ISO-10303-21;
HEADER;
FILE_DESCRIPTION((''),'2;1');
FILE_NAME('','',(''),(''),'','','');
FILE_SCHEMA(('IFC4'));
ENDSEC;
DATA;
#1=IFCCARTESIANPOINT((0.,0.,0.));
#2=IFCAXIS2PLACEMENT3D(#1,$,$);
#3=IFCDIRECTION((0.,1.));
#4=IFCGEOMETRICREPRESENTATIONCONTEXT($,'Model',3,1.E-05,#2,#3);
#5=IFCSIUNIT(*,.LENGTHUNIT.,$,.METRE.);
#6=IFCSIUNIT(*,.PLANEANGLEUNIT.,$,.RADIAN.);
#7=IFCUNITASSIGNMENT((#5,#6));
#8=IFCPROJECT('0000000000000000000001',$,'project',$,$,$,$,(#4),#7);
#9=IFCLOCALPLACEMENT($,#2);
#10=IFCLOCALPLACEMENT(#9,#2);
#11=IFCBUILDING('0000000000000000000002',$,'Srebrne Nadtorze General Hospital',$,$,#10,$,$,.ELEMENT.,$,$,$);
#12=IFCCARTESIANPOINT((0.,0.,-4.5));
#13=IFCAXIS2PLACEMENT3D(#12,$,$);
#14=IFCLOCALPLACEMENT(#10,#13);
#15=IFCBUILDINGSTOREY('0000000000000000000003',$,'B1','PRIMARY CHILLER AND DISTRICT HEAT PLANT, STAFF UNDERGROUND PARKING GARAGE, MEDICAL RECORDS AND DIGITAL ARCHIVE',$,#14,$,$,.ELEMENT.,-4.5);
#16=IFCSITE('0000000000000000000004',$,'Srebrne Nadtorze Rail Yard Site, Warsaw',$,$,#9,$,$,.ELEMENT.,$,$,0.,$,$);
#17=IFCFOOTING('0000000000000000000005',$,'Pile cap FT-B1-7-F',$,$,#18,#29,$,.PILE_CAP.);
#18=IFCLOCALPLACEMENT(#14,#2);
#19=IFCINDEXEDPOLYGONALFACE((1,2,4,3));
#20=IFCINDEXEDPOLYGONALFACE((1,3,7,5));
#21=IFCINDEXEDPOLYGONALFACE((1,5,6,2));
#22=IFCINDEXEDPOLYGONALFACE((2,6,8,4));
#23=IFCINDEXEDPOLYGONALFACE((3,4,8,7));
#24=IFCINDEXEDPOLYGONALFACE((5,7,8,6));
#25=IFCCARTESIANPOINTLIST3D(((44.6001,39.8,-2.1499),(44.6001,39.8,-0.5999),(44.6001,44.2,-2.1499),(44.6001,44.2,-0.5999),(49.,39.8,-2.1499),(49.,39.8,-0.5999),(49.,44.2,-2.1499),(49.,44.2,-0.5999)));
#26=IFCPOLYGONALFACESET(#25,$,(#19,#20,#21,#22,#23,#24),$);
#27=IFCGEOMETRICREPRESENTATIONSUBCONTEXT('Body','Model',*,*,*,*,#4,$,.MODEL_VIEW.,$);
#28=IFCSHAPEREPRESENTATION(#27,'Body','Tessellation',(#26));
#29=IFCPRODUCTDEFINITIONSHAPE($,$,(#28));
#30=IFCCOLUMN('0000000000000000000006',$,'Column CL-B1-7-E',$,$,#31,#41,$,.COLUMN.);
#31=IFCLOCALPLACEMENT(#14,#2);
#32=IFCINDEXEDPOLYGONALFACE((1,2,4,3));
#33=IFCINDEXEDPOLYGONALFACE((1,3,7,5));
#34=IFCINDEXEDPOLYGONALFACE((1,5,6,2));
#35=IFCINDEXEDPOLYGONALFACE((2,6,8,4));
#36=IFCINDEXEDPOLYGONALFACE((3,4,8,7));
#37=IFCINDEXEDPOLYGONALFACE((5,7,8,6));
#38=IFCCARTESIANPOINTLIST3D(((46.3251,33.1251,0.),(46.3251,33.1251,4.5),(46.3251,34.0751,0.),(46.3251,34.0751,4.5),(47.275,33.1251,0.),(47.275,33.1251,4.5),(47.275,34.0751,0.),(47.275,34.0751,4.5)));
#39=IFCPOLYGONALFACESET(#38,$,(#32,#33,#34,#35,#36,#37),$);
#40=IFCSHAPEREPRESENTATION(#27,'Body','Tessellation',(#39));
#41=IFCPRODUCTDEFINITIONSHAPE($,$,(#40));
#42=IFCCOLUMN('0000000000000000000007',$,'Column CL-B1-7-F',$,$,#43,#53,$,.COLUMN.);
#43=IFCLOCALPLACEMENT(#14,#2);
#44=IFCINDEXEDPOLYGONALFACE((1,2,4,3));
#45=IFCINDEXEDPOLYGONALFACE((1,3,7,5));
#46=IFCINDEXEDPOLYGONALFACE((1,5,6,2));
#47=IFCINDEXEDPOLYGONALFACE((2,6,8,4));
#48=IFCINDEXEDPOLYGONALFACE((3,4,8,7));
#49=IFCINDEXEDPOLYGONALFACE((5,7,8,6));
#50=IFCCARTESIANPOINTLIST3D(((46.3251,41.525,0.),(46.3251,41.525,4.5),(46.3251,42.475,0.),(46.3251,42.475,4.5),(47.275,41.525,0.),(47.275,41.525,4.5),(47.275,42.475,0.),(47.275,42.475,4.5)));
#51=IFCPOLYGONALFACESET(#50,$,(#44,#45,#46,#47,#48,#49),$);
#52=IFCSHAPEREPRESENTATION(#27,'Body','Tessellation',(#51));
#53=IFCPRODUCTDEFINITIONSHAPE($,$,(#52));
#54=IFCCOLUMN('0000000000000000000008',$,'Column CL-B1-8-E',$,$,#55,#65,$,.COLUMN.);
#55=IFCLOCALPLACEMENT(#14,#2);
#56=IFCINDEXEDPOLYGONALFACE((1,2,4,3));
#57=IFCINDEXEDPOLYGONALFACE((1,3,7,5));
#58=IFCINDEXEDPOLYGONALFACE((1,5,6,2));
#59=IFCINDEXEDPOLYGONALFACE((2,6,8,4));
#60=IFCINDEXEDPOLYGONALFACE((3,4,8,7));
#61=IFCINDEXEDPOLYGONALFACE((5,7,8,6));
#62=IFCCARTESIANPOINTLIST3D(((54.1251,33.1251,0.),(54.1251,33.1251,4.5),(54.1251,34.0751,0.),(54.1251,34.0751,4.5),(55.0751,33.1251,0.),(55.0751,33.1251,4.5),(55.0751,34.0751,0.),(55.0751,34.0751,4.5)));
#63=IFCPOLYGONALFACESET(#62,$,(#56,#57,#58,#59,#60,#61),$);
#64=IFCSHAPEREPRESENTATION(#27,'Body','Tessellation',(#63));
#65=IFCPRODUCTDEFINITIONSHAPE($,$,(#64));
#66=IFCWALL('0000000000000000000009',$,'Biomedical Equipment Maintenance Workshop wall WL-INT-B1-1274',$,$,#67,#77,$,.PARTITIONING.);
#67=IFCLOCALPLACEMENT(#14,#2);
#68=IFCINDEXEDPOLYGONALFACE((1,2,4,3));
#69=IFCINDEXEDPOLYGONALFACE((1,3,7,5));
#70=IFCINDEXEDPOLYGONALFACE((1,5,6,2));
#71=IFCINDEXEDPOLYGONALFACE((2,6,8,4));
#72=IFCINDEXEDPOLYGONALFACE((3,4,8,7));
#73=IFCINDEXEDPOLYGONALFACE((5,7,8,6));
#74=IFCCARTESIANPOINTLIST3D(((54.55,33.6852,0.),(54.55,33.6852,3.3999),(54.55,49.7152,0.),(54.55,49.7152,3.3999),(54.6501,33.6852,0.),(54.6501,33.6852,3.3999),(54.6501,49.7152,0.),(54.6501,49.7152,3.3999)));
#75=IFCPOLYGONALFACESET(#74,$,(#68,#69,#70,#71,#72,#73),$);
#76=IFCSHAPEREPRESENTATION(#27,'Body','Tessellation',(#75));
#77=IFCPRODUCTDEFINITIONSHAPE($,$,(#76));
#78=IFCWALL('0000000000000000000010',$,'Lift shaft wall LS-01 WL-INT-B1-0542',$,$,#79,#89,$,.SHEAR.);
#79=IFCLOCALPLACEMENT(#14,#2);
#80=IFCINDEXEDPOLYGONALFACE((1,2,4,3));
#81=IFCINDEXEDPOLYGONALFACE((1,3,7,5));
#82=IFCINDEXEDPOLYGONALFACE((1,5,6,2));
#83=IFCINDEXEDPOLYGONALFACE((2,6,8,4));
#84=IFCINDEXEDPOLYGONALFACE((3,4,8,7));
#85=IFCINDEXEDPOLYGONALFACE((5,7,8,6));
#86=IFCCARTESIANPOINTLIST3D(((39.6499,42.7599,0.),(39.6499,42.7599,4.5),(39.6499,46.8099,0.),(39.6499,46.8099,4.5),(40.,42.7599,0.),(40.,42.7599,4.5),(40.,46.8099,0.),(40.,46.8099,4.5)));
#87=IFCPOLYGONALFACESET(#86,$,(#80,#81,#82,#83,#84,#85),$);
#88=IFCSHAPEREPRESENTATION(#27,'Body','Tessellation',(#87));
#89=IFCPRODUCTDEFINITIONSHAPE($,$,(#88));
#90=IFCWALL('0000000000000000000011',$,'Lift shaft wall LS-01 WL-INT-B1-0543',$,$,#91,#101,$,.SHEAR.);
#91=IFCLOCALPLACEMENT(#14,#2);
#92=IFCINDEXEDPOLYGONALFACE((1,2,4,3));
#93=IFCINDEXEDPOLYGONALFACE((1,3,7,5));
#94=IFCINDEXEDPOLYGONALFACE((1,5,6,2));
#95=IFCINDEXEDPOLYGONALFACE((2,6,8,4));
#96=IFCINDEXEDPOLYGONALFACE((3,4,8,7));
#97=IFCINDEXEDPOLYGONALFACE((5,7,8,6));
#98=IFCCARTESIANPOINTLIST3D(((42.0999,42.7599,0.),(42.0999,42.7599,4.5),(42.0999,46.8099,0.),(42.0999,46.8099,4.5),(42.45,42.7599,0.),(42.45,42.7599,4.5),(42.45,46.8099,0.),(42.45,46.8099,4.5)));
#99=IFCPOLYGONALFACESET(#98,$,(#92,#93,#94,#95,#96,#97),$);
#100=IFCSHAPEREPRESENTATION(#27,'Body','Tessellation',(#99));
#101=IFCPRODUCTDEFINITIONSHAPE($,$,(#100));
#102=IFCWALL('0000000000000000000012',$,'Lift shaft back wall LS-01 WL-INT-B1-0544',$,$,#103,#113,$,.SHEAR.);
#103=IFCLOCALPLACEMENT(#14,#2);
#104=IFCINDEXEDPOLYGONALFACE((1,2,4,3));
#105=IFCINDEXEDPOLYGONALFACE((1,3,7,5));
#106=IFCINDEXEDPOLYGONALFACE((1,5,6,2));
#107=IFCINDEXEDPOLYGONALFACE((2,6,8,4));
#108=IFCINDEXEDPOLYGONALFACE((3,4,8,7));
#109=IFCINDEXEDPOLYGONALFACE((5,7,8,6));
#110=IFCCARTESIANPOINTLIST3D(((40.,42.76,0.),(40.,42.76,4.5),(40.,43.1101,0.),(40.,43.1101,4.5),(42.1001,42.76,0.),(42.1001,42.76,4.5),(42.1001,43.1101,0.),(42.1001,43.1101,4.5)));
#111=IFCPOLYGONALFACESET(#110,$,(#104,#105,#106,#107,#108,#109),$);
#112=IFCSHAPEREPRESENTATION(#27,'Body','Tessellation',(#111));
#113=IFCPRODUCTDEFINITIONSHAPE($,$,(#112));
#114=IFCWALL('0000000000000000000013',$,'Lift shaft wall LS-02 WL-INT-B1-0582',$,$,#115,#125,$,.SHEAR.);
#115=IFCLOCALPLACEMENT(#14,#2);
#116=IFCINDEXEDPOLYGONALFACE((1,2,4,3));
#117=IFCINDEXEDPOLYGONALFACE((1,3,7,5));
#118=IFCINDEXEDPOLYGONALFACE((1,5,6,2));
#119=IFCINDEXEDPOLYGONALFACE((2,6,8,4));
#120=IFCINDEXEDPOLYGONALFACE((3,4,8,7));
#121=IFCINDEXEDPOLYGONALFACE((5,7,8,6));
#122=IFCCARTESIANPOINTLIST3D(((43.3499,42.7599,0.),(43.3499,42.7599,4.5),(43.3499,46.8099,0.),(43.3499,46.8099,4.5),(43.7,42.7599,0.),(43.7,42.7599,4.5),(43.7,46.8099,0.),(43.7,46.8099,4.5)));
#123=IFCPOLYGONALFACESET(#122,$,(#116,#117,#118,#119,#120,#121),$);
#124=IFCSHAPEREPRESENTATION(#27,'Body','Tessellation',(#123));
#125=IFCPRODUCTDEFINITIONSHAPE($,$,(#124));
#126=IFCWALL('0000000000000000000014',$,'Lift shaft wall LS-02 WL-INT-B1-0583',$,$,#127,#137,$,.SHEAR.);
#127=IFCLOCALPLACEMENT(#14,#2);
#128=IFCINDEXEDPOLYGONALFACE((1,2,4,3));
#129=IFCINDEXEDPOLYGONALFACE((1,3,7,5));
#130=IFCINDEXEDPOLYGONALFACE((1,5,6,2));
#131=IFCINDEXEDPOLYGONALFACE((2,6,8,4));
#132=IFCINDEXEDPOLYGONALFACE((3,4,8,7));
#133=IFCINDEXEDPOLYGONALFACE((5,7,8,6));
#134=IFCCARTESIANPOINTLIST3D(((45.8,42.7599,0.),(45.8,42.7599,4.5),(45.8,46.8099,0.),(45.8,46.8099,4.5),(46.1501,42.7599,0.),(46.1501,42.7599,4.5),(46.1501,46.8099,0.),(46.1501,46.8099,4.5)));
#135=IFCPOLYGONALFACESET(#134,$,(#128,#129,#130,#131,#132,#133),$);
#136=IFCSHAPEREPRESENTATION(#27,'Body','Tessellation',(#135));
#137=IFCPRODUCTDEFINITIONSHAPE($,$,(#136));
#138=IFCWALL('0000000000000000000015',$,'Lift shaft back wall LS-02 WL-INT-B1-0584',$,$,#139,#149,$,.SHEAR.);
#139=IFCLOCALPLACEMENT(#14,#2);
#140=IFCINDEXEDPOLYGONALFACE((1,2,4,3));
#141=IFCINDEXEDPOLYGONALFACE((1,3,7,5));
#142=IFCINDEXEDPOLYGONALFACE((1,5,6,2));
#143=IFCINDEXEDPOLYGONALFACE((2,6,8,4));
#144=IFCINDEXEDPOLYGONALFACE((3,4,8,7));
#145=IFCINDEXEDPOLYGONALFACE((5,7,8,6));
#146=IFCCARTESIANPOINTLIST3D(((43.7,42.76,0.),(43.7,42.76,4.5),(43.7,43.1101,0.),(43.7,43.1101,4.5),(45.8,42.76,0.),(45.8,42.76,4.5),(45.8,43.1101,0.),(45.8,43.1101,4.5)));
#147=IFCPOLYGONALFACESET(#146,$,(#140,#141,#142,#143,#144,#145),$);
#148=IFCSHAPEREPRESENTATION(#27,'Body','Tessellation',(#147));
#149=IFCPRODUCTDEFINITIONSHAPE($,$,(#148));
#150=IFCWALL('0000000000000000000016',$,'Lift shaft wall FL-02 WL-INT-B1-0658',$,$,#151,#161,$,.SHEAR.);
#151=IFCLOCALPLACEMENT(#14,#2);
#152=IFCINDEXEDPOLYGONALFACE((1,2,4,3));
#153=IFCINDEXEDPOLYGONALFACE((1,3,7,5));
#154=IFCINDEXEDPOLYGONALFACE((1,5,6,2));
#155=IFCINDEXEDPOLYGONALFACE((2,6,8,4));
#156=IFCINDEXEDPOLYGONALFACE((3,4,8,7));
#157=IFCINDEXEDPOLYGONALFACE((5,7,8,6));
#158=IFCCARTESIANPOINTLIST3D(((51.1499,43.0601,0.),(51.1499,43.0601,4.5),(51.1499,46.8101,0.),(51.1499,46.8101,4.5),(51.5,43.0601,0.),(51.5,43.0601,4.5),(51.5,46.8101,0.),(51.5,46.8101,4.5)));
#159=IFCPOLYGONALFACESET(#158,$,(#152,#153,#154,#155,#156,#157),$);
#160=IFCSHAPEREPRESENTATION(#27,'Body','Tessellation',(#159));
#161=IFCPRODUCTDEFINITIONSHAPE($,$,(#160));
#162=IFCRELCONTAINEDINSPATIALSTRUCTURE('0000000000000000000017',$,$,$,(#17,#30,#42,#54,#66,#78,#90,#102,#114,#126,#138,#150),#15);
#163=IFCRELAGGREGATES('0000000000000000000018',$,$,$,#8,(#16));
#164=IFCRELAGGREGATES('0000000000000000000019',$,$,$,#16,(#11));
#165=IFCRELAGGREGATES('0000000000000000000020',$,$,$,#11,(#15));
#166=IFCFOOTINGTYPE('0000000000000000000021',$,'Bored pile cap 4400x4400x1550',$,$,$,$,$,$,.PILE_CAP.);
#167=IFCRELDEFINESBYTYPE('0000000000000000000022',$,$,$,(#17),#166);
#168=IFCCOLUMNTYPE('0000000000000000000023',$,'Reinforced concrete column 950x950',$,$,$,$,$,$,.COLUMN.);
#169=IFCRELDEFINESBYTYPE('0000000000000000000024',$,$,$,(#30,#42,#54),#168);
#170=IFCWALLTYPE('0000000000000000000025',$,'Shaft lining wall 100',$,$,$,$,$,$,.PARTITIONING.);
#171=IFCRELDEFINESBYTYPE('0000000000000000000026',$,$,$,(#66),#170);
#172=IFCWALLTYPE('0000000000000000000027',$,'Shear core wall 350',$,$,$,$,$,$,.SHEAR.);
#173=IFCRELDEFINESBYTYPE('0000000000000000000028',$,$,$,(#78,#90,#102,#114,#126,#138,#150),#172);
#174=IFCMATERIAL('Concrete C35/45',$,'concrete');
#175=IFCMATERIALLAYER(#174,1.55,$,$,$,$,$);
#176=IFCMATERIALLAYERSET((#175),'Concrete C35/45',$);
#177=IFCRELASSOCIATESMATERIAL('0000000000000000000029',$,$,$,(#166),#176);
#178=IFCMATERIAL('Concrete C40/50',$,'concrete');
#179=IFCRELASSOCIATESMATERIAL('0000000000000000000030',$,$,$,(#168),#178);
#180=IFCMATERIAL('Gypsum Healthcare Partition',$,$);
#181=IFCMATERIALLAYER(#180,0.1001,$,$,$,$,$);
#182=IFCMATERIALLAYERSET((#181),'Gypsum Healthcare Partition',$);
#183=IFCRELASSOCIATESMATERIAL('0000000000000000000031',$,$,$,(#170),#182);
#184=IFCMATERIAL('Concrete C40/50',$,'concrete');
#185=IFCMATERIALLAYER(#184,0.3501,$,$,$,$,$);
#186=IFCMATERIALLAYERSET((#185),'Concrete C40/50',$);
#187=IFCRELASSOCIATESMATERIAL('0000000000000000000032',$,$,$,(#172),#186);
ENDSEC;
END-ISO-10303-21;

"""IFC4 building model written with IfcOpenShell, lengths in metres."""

from ifc_helpers import new_model, si_unit, direction, frame, frame_2d, origin, origin_2d, place, context, subcontext, project, spatial, rectangle, extrude, material, layer, layer_set, material_profile, profile_set, type_object, element, save


model = new_model("IFC4")

# Units and contexts
model_context = context("Model", 3, precision=1e-05, world=origin(), true_north=direction((0.0, 1.0)))
body_context = subcontext(model_context, "Body", "Model", "MODEL_VIEW")
ifc_project = project(units=[si_unit("LENGTHUNIT", "METRE"), si_unit("PLANEANGLEUNIT", "RADIAN")], contexts=[model_context])

# Site, building, storey
site_placement = place(None, origin())
site = spatial("IfcSite", under=ifc_project, at=site_placement, Name="Srebrne Nadtorze Rail Yard Site, Warsaw", CompositionType="ELEMENT", RefElevation=0.0)
building_placement = place(site_placement, origin())
building = spatial("IfcBuilding", under=site, at=building_placement, Name="Srebrne Nadtorze General Hospital", CompositionType="ELEMENT")
storey_placement = place(building_placement, frame((0.0, 0.0, -4.5)))
storey = spatial("IfcBuildingStorey", under=building, at=storey_placement, Name="B1", Description="PRIMARY CHILLER AND DISTRICT HEAT PLANT, STAFF UNDERGROUND PARKING GARAGE, MEDICAL RECORDS AND DIGITAL ARCHIVE", CompositionType="ELEMENT", Elevation=-4.5)

# Footing
ifc_material_1 = material(Name="Concrete C35/45", Category="concrete")
ifc_layer_1 = layer(ifc_material_1, 1.55)
ifc_layer_set_1 = layer_set([ifc_layer_1], Name="Concrete C35/45")
footing_type_1 = type_object("IfcFootingType", Name="Bored pile cap 4400x4400x1550", PredefinedType="PILE_CAP", material=ifc_layer_set_1)
footing_1_placement = place(storey_placement, frame((46.8, 42.0, -2.1499), z_axis=(0.0, 0.0, 1.0), x_axis=(1.0, 0.0, 0.0)))
element("IfcFooting", 1, at=footing_1_placement, inside=storey, type_object=footing_type_1, Name="Pile cap FT-B1-7-F", PredefinedType="PILE_CAP", context=body_context, shape_type="SweptSolid", body=[
    extrude(rectangle(XDim=4.3999, YDim=4.3999, at=origin_2d()), origin(), (0.0, 0.0, 1.0), 1.55),
])

# Columns
ifc_material_2 = material(Name="Concrete C40/50", Category="concrete")
ifc_material_profile_1 = material_profile(ifc_material_2, rectangle(XDim=0.95, YDim=0.95, at=origin_2d()), Name="RC-COL-950x950")
ifc_profile_set_1 = profile_set([ifc_material_profile_1], Name="Concrete C40/50")
column_type = type_object("IfcColumnType", Name="Reinforced concrete column 950x950", PredefinedType="COLUMN", material=ifc_profile_set_1)
for number, where, z_axis, x_axis, name in (
    (2, (46.8, 33.6001, 0.0), (0.0, 0.0, 1.0), (1.0, 0.0, 0.0), "Column CL-B1-7-E"),
    (3, (46.8, 42.0, 0.0), (0.0, 0.0, 1.0), (1.0, 0.0, 0.0), "Column CL-B1-7-F"),
    (4, (54.6001, 33.6001, 0.0), (0.0, 0.0, 1.0), (1.0, 0.0, 0.0), "Column CL-B1-8-E"),
):
    element("IfcColumn", number, at=place(storey_placement, frame(where, z_axis=z_axis, x_axis=x_axis)), inside=storey, type_object=column_type, Name=name, PredefinedType="COLUMN", context=body_context, shape_type="SweptSolid", body=[
        extrude(rectangle(XDim=0.95, YDim=0.95, at=origin_2d()), origin(), (0.0, 0.0, 1.0), 4.5),
    ])

# Walls
ifc_material_3 = material(Name="Gypsum Healthcare Partition")
ifc_layer_2 = layer(ifc_material_3, 0.1001)
ifc_layer_set_2 = layer_set([ifc_layer_2], Name="Gypsum Healthcare Partition")
wall_type_1 = type_object("IfcWallType", Name="Shaft lining wall 100", PredefinedType="PARTITIONING", material=ifc_layer_set_2)
wall_1_placement = place(storey_placement, frame((54.6001, 33.6851, 0.0), z_axis=(0.0, 0.0, 1.0), x_axis=(0.0, 1.0, 0.0)))
element("IfcWall", 5, at=wall_1_placement, inside=storey, type_object=wall_type_1, Name="Biomedical Equipment Maintenance Workshop wall WL-INT-B1-1274", PredefinedType="PARTITIONING", context=body_context, shape_type="SweptSolid", body=[
    extrude(rectangle(XDim=16.03, YDim=0.1001, at=frame_2d((8.0151, 0.0))), origin(), (0.0, 0.0, 1.0), 3.3999),
])
ifc_material_4 = material(Name="Concrete C40/50", Category="concrete")
ifc_layer_3 = layer(ifc_material_4, 0.3501)
ifc_layer_set_3 = layer_set([ifc_layer_3], Name="Concrete C40/50")
wall_type_2 = type_object("IfcWallType", Name="Shear core wall 350", PredefinedType="SHEAR", material=ifc_layer_set_3)
for number, where, z_axis, x_axis, name in (
    (6, (39.825, 42.76, 0.0), (0.0, 0.0, 1.0), (0.0, 1.0, 0.0), "Lift shaft wall LS-01 WL-INT-B1-0542"),
    (7, (42.2749, 42.76, 0.0), (0.0, 0.0, 1.0), (0.0, 1.0, 0.0), "Lift shaft wall LS-01 WL-INT-B1-0543"),
):
    element("IfcWall", number, at=place(storey_placement, frame(where, z_axis=z_axis, x_axis=x_axis)), inside=storey, type_object=wall_type_2, Name=name, PredefinedType="SHEAR", context=body_context, shape_type="SweptSolid", body=[
        extrude(rectangle(XDim=4.05, YDim=0.3501, at=frame_2d((2.0249, 0.0))), origin(), (0.0, 0.0, 1.0), 4.5),
    ])
wall_2_placement = place(storey_placement, frame((40.0, 42.9351, 0.0), z_axis=(0.0, 0.0, 1.0), x_axis=(1.0, 0.0, 0.0)))
element("IfcWall", 8, at=wall_2_placement, inside=storey, type_object=wall_type_2, Name="Lift shaft back wall LS-01 WL-INT-B1-0544", PredefinedType="SHEAR", context=body_context, shape_type="SweptSolid", body=[
    extrude(rectangle(XDim=2.1001, YDim=0.3501, at=frame_2d((1.05, 0.0))), origin(), (0.0, 0.0, 1.0), 4.5),
])
for number, where, z_axis, x_axis, name in (
    (9, (43.5249, 42.76, 0.0), (0.0, 0.0, 1.0), (0.0, 1.0, 0.0), "Lift shaft wall LS-02 WL-INT-B1-0582"),
    (10, (45.9751, 42.76, 0.0), (0.0, 0.0, 1.0), (0.0, 1.0, 0.0), "Lift shaft wall LS-02 WL-INT-B1-0583"),
):
    element("IfcWall", number, at=place(storey_placement, frame(where, z_axis=z_axis, x_axis=x_axis)), inside=storey, type_object=wall_type_2, Name=name, PredefinedType="SHEAR", context=body_context, shape_type="SweptSolid", body=[
        extrude(rectangle(XDim=4.05, YDim=0.3501, at=frame_2d((2.0249, 0.0))), origin(), (0.0, 0.0, 1.0), 4.5),
    ])
wall_3_placement = place(storey_placement, frame((43.7, 42.9351, 0.0), z_axis=(0.0, 0.0, 1.0), x_axis=(1.0, 0.0, 0.0)))
element("IfcWall", 11, at=wall_3_placement, inside=storey, type_object=wall_type_2, Name="Lift shaft back wall LS-02 WL-INT-B1-0584", PredefinedType="SHEAR", context=body_context, shape_type="SweptSolid", body=[
    extrude(rectangle(XDim=2.1001, YDim=0.3501, at=frame_2d((1.05, 0.0))), origin(), (0.0, 0.0, 1.0), 4.5),
])
wall_4_placement = place(storey_placement, frame((51.325, 43.0601, 0.0), z_axis=(0.0, 0.0, 1.0), x_axis=(0.0, 1.0, 0.0)))
element("IfcWall", 12, at=wall_4_placement, inside=storey, type_object=wall_type_2, Name="Lift shaft wall FL-02 WL-INT-B1-0658", PredefinedType="SHEAR", context=body_context, shape_type="SweptSolid", body=[
    extrude(rectangle(XDim=3.75, YDim=0.3501, at=frame_2d((1.875, 0.0))), origin(), (0.0, 0.0, 1.0), 4.5),
])

save(model, "model.ifc")
